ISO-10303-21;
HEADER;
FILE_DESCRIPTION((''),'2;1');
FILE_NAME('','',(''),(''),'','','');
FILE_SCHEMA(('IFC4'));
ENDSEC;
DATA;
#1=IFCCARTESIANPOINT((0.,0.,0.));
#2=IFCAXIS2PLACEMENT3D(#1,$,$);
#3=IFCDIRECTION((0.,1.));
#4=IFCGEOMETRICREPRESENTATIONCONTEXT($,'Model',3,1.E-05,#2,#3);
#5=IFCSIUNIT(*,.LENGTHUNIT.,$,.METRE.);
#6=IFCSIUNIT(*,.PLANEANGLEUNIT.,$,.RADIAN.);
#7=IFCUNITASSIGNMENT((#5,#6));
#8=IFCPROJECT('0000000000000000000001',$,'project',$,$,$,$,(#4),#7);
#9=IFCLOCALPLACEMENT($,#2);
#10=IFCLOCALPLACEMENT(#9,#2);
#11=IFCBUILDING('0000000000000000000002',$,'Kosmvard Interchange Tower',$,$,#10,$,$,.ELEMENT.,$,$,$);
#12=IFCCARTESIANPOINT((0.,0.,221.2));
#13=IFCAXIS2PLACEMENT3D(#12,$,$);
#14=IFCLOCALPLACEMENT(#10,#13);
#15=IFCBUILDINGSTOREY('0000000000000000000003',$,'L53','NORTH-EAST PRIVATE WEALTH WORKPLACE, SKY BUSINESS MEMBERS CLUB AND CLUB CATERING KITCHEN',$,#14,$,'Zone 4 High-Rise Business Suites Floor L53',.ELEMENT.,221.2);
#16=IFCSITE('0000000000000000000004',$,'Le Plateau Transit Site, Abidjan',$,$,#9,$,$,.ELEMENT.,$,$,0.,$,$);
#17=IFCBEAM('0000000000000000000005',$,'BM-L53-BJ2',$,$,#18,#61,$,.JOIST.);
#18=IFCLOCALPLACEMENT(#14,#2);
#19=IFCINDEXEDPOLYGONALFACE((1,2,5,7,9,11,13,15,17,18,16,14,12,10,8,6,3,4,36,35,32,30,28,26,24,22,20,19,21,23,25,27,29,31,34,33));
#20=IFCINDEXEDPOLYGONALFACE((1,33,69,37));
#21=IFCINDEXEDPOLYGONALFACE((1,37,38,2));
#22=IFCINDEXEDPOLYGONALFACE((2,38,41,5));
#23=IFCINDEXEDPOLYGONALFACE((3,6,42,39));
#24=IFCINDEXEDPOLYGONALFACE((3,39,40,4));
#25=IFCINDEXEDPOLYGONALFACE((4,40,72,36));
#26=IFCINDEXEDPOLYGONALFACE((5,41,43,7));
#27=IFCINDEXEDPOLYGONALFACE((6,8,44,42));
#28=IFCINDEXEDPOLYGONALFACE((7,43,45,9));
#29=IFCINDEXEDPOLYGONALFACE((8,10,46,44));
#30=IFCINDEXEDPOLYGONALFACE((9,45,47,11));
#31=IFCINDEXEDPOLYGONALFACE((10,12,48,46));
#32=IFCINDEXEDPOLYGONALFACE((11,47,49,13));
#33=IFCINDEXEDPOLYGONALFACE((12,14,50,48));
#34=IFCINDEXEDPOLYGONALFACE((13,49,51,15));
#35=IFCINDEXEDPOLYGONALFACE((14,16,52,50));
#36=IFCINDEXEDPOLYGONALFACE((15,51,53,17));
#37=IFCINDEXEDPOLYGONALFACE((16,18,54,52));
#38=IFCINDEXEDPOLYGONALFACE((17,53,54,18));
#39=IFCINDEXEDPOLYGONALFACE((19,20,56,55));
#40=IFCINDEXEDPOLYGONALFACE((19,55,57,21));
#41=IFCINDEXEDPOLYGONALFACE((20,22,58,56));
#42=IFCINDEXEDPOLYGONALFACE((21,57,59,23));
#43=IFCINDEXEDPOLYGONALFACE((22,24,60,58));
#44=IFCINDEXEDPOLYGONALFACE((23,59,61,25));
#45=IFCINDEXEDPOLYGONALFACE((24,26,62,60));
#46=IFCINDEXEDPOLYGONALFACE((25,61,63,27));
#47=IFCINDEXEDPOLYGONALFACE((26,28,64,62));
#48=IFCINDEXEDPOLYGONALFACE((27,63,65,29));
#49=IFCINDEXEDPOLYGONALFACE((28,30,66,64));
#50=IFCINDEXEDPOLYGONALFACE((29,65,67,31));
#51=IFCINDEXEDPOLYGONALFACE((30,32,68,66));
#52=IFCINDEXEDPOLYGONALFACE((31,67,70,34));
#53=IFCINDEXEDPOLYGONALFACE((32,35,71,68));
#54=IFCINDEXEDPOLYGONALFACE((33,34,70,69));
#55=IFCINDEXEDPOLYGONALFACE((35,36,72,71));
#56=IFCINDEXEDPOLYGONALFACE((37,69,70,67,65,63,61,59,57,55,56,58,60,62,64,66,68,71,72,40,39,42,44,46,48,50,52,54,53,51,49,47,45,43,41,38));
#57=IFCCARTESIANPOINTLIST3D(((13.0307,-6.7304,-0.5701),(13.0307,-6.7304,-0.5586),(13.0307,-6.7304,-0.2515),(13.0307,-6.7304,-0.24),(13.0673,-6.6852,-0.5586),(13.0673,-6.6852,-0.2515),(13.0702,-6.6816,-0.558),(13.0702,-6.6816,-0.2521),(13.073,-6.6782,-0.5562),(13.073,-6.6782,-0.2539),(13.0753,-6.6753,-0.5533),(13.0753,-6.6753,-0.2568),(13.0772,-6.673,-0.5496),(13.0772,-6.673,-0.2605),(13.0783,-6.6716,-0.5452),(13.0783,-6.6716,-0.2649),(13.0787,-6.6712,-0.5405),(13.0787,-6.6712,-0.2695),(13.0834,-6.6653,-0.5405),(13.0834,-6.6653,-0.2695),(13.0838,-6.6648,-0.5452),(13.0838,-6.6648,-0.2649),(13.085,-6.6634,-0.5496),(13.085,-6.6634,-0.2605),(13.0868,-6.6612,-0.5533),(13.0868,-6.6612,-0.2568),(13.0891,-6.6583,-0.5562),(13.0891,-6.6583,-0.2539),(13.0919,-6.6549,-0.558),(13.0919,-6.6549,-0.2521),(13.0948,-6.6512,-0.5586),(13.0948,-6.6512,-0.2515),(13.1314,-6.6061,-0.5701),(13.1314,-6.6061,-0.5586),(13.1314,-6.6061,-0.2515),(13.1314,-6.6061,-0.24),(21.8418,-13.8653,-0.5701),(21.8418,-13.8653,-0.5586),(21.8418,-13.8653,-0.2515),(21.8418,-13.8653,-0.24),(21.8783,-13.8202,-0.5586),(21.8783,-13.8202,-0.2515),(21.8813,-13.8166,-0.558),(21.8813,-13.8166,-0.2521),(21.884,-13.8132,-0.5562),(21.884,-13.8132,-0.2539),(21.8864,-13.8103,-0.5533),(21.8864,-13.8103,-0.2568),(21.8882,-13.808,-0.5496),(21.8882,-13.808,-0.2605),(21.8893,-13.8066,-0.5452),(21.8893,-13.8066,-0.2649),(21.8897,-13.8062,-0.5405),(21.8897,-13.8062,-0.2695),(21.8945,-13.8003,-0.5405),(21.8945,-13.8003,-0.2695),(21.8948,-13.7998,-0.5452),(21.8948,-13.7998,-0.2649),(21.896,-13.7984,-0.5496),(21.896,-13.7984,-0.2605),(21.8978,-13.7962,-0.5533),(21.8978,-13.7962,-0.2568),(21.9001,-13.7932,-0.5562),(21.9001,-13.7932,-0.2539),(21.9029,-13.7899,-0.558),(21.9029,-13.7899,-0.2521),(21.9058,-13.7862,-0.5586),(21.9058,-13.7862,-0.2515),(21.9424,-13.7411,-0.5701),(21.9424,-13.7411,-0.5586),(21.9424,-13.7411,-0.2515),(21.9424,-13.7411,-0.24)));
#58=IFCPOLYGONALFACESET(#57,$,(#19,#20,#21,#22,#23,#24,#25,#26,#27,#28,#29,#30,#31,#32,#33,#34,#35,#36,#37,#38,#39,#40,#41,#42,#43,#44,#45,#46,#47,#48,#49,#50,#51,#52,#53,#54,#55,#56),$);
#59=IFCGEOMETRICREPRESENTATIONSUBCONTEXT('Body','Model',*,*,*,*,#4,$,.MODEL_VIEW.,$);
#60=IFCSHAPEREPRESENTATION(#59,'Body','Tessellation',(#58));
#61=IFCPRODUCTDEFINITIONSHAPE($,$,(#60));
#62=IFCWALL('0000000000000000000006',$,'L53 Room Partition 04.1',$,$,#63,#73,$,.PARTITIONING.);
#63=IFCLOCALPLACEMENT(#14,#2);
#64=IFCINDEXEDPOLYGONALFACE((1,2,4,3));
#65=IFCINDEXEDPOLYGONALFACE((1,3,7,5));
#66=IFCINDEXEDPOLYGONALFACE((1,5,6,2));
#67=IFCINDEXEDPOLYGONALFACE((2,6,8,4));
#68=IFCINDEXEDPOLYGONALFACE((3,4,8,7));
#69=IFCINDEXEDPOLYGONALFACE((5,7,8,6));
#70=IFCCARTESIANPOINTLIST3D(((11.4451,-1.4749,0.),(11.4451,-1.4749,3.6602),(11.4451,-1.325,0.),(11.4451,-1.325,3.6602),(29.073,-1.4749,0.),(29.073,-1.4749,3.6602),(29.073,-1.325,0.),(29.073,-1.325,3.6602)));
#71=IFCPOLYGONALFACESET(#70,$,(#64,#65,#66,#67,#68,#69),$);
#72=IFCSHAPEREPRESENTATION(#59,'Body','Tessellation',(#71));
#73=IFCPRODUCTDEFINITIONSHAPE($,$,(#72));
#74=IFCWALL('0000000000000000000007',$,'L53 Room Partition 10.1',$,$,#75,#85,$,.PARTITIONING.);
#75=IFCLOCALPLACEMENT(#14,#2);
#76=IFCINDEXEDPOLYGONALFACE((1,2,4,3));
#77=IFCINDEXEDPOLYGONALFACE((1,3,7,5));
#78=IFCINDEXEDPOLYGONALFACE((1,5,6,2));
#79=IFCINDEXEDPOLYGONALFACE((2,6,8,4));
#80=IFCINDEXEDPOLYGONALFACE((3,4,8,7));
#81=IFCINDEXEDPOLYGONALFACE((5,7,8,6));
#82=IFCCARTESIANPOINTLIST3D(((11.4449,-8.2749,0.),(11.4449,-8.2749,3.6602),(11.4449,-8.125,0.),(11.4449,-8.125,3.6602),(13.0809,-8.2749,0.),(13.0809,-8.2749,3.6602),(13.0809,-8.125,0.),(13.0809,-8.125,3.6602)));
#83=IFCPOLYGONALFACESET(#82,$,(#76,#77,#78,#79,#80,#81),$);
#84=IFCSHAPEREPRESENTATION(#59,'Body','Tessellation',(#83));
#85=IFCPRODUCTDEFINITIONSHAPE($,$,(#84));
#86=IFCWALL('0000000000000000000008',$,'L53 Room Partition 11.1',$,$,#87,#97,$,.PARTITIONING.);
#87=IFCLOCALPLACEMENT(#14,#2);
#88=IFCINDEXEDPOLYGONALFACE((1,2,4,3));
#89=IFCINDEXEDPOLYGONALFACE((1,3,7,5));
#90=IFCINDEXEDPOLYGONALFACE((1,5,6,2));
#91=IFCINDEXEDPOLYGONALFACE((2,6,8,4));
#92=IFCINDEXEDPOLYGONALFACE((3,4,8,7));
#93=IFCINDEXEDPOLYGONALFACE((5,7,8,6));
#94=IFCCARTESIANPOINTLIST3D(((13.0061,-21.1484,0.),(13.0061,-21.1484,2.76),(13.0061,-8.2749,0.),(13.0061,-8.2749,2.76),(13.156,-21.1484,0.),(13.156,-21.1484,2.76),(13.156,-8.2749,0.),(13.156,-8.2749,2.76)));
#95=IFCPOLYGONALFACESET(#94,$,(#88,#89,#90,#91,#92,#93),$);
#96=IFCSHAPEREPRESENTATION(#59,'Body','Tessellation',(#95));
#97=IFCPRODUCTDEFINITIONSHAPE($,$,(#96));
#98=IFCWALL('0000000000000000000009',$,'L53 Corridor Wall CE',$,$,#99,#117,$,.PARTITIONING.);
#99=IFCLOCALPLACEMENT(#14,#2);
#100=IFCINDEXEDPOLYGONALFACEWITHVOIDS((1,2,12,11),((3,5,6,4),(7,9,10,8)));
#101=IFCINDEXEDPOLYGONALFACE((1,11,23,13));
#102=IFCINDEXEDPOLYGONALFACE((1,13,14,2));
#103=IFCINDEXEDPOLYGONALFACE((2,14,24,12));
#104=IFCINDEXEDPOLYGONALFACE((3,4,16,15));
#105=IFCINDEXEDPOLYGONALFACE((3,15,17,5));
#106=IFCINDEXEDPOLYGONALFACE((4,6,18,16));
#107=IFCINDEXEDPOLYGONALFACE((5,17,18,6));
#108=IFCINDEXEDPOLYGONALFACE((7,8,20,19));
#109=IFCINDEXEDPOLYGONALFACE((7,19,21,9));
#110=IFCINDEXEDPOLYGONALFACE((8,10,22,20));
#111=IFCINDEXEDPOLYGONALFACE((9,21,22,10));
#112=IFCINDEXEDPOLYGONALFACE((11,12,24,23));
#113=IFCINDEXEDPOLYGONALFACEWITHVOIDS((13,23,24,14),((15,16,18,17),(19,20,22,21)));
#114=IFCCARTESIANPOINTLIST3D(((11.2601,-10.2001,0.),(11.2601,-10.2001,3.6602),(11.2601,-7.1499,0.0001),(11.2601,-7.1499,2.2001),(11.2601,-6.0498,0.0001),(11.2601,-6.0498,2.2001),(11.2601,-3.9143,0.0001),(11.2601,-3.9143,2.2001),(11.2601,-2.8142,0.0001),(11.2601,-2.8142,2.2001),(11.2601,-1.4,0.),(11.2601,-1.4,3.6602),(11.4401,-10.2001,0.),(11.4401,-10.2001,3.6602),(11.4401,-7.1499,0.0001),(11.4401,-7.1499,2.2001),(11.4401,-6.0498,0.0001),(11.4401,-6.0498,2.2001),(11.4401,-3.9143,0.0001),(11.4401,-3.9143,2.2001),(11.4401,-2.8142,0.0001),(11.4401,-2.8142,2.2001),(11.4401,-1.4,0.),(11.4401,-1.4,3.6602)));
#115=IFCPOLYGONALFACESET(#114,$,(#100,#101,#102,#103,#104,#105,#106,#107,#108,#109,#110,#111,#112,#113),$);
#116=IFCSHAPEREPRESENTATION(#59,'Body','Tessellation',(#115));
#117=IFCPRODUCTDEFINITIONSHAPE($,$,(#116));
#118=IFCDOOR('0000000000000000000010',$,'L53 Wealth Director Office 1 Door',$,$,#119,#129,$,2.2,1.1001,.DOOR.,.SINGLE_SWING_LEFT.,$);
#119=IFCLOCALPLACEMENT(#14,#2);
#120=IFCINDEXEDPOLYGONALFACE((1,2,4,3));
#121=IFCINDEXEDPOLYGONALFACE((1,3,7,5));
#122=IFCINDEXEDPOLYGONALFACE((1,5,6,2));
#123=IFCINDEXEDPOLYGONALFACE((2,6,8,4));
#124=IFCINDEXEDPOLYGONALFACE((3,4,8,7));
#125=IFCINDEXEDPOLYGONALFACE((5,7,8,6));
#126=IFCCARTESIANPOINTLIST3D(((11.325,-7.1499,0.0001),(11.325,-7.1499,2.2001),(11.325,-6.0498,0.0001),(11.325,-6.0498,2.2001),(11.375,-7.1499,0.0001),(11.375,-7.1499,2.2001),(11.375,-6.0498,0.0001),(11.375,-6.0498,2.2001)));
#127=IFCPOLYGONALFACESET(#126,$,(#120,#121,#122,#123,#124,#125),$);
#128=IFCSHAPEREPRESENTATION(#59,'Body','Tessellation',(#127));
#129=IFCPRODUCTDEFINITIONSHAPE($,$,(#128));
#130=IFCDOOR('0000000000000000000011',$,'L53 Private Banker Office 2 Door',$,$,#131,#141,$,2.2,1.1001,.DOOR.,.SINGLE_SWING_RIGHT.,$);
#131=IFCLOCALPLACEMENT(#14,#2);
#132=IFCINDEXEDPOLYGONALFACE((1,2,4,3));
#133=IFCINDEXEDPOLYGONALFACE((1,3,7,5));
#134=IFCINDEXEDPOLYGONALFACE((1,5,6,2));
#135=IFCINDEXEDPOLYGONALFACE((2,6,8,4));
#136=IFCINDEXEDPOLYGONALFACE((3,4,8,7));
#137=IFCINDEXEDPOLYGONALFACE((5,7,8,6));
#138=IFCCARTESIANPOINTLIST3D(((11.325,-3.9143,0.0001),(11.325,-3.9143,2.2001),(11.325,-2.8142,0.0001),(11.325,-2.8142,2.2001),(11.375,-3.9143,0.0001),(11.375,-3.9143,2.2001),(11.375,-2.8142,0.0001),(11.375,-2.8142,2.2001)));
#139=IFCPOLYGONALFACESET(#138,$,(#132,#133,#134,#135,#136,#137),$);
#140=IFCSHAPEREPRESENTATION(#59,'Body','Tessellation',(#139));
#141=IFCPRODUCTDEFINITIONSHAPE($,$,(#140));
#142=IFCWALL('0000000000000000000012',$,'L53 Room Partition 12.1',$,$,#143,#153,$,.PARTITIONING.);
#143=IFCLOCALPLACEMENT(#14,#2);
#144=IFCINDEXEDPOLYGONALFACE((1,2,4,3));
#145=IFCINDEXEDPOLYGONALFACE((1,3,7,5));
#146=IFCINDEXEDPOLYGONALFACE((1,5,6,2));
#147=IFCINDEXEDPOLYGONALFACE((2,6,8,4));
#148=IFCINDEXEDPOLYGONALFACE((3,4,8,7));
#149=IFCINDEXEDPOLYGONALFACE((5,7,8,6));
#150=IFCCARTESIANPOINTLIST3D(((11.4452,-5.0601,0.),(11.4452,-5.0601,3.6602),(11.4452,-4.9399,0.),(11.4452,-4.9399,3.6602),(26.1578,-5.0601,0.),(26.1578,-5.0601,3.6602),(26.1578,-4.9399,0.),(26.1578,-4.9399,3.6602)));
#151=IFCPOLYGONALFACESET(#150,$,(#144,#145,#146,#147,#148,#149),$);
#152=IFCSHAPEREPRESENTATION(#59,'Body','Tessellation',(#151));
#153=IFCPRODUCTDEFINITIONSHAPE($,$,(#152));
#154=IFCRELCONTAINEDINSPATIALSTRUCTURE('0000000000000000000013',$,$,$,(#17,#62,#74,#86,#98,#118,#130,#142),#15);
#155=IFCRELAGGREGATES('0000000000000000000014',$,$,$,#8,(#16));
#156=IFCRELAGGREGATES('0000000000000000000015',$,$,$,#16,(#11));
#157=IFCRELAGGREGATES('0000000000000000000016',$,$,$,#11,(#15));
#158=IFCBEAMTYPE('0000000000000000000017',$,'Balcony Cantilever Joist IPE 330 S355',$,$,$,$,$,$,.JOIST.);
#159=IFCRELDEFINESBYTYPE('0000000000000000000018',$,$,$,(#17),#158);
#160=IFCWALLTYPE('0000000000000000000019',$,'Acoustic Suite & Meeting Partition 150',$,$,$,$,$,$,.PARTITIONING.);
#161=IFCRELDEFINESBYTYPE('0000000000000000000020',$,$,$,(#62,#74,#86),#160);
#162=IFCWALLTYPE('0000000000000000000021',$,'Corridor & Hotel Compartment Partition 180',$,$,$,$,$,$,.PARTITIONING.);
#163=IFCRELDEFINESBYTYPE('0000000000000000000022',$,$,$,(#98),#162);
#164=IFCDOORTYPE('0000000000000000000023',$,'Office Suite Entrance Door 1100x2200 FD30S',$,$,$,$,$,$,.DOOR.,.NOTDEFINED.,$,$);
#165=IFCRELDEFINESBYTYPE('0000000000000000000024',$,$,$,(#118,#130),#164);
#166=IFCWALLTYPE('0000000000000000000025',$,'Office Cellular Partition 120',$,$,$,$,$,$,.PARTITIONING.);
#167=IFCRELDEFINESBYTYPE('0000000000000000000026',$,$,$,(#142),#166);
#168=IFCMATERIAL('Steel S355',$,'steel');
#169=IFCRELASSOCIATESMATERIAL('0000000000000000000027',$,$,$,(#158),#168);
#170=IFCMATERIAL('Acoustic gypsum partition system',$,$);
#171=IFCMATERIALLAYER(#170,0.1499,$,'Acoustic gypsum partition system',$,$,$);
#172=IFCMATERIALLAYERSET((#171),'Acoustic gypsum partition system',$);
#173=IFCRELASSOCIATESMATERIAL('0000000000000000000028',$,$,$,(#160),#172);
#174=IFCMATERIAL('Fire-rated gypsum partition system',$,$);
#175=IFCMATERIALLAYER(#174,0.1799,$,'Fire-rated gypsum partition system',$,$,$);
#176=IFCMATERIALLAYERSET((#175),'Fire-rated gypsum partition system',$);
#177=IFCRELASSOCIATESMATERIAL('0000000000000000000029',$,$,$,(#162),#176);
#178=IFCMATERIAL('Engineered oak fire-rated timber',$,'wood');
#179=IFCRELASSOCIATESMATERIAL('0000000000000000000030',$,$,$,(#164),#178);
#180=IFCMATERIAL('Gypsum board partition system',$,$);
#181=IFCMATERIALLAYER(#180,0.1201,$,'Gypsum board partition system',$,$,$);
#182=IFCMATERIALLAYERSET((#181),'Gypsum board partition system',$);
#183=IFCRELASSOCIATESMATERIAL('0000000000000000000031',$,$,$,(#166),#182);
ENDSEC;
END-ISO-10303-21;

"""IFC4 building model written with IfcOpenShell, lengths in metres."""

from ifc_helpers import new_model, si_unit, direction, frame, frame_2d, origin, origin_2d, place, context, subcontext, project, spatial, rectangle, i_section, extrude, source, transform, mapped, material, layer, layer_set, material_profile, profile_set, type_object, element, fill, save


model = new_model("IFC4")

# Units and contexts
model_context = context("Model", 3, precision=1e-05, world=origin(), true_north=direction((0.0, 1.0)))
body_context = subcontext(model_context, "Body", "Model", "MODEL_VIEW")
ifc_project = project(units=[si_unit("LENGTHUNIT", "METRE"), si_unit("PLANEANGLEUNIT", "RADIAN")], contexts=[model_context])

# Site, building, storey
site_placement = place(None, origin())
site = spatial("IfcSite", under=ifc_project, at=site_placement, Name="Le Plateau Transit Site, Abidjan", CompositionType="ELEMENT", RefElevation=0.0)
building_placement = place(site_placement, origin())
building = spatial("IfcBuilding", under=site, at=building_placement, Name="Kosmvard Interchange Tower", CompositionType="ELEMENT")
storey_placement = place(building_placement, frame((0.0, 0.0, 221.2)))
storey = spatial("IfcBuildingStorey", under=building, at=storey_placement, Name="L53", Description="NORTH-EAST PRIVATE WEALTH WORKPLACE, SKY BUSINESS MEMBERS CLUB AND CLUB CATERING KITCHEN", LongName="Zone 4 High-Rise Business Suites Floor L53", CompositionType="ELEMENT", Elevation=221.2)

# Beam
ifc_material_1 = material(Name="Steel S355", Category="steel")
ifc_material_profile_1 = material_profile(ifc_material_1, i_section(OverallWidth=0.1599, OverallDepth=0.3301, WebThickness=0.0076, FlangeThickness=0.0115, FilletRadius=0.0181, at=origin_2d()), Name="IPE 330")
ifc_profile_set_1 = profile_set([ifc_material_profile_1], Name="Steel S355")
beam_type_1 = type_object("IfcBeamType", Name="Balcony Cantilever Joist IPE 330 S355", PredefinedType="JOIST", material=ifc_profile_set_1)
shared_shape_1 = source(origin(), body_context, "Body", "SweptSolid", [
    extrude(i_section(OverallWidth=0.1599, OverallDepth=0.3301, WebThickness=0.0076, FlangeThickness=0.0115, FilletRadius=0.0181, at=origin_2d()), origin(), (0.0, 0.0, 1.0), 11.3376),
])
beam_1_placement = place(storey_placement, frame((13.0811, -6.6682, -0.405), z_axis=(0.777147, -0.629319, 0.0), x_axis=(0.629319, 0.777147, 0.0)))
element("IfcBeam", 1, at=beam_1_placement, inside=storey, type_object=beam_type_1, Name="BM-L53-BJ2", PredefinedType="JOIST", context=body_context, shape_type="MappedRepresentation", body=[
    mapped(shared_shape_1, transform((0.0, 0.0, 0.0), scale=1.0)),
])

# Walls
ifc_material_2 = material(Name="Acoustic gypsum partition system")
ifc_layer_1 = layer(ifc_material_2, 0.1499, Name="Acoustic gypsum partition system")
ifc_layer_set_1 = layer_set([ifc_layer_1], Name="Acoustic gypsum partition system")
wall_type_1 = type_object("IfcWallType", Name="Acoustic Suite & Meeting Partition 150", PredefinedType="PARTITIONING", material=ifc_layer_set_1)
wall_1_placement = place(storey_placement, frame((11.4451, -1.3999, 0.0), z_axis=(0.0, 0.0, 1.0), x_axis=(1.0, 0.0, 0.0)))
element("IfcWall", 2, at=wall_1_placement, inside=storey, type_object=wall_type_1, Name="L53 Room Partition 04.1", PredefinedType="PARTITIONING", context=body_context, shape_type="SweptSolid", body=[
    extrude(rectangle(XDim=17.6279, YDim=0.1499, at=frame_2d((8.814, 0.0))), origin(), (0.0, 0.0, 1.0), 3.6602),
])
wall_2_placement = place(storey_placement, frame((11.4451, -8.2, 0.0), z_axis=(0.0, 0.0, 1.0), x_axis=(1.0, 0.0, 0.0)))
element("IfcWall", 3, at=wall_2_placement, inside=storey, type_object=wall_type_1, Name="L53 Room Partition 10.1", PredefinedType="PARTITIONING", context=body_context, shape_type="SweptSolid", body=[
    extrude(rectangle(XDim=1.636, YDim=0.1499, at=frame_2d((0.8179, 0.0))), origin(), (0.0, 0.0, 1.0), 3.6602),
])
wall_3_placement = place(storey_placement, frame((13.0811, -8.2749, 0.0), z_axis=(0.0, 0.0, 1.0), x_axis=(0.0, -1.0, 0.0)))
element("IfcWall", 4, at=wall_3_placement, inside=storey, type_object=wall_type_1, Name="L53 Room Partition 11.1", PredefinedType="PARTITIONING", context=body_context, shape_type="SweptSolid", body=[
    extrude(rectangle(XDim=12.8735, YDim=0.1499, at=frame_2d((6.4368, 0.0))), origin(), (0.0, 0.0, 1.0), 2.76),
])

# Wall, openings, doors
ifc_material_3 = material(Name="Fire-rated gypsum partition system")
ifc_layer_2 = layer(ifc_material_3, 0.1799, Name="Fire-rated gypsum partition system")
ifc_layer_set_2 = layer_set([ifc_layer_2], Name="Fire-rated gypsum partition system")
wall_type_2 = type_object("IfcWallType", Name="Corridor & Hotel Compartment Partition 180", PredefinedType="PARTITIONING", material=ifc_layer_set_2)
wall_4_placement = place(storey_placement, frame((11.3501, -10.2, 0.0), z_axis=(0.0, 0.0, 1.0), x_axis=(0.0, 1.0, 0.0)))
wall_4 = element("IfcWall", 5, at=wall_4_placement, inside=storey, type_object=wall_type_2, Name="L53 Corridor Wall CE", PredefinedType="PARTITIONING", context=body_context, shape_type="SweptSolid", body=[
    extrude(rectangle(XDim=8.8, YDim=0.1799, at=frame_2d((4.3999, 0.0))), origin(), (0.0, 0.0, 1.0), 3.6602),
])
opening_1_placement = place(wall_4_placement, frame((3.05, 0.0, 0.0)))
opening_1 = element("IfcOpeningElement", 6, at=opening_1_placement, cuts=wall_4, PredefinedType="OPENING", context=body_context, shape_type="SweptSolid", body=[
    extrude(rectangle(XDim=1.1001, YDim=2.2, at=frame_2d((0.55, 1.1001))), frame((0.0, 0.1001, 0.0), z_axis=(0.0, -1.0, 0.0), x_axis=(1.0, 0.0, 0.0)), (0.0, 0.0, 1.0), 0.2),
])
opening_2_placement = place(wall_4_placement, frame((6.2856, 0.0, 0.0)))
opening_2 = element("IfcOpeningElement", 7, at=opening_2_placement, cuts=wall_4, PredefinedType="OPENING", context=body_context, shape_type="SweptSolid", body=[
    extrude(rectangle(XDim=1.1001, YDim=2.2, at=frame_2d((0.55, 1.1001))), frame((0.0, 0.1001, 0.0), z_axis=(0.0, -1.0, 0.0), x_axis=(1.0, 0.0, 0.0)), (0.0, 0.0, 1.0), 0.2),
])
ifc_material_4 = material(Name="Engineered oak fire-rated timber", Category="wood")
door_type = type_object("IfcDoorType", Name="Office Suite Entrance Door 1100x2200 FD30S", OperationType="NOTDEFINED", PredefinedType="DOOR", material=ifc_material_4)
shared_shape_2 = source(origin(), body_context, "Body", "SweptSolid", [
    extrude(rectangle(XDim=1.1001, YDim=2.2, at=frame_2d((0.55, 1.1001))), frame((0.0, 0.0249, 0.0), z_axis=(0.0, -1.0, 0.0), x_axis=(1.0, 0.0, 0.0)), (0.0, 0.0, 1.0), 0.05),
])
door_1_placement = place(opening_1_placement, frame((1.1001, 0.0, 0.0), z_axis=(0.0, 0.0, 1.0), x_axis=(-1.0, 0.0, 0.0)))
door_1 = element("IfcDoor", 8, at=door_1_placement, inside=storey, type_object=door_type, Name="L53 Wealth Director Office 1 Door", OperationType="SINGLE_SWING_LEFT", OverallHeight=2.2, OverallWidth=1.1001, PredefinedType="DOOR", context=body_context, shape_type="MappedRepresentation", body=[
    mapped(shared_shape_2, transform((0.0, 0.0, 0.0), scale=1.0)),
])
fill(opening_1, door_1)
door_2_placement = place(opening_2_placement, frame((1.1001, 0.0, 0.0), z_axis=(0.0, 0.0, 1.0), x_axis=(-1.0, 0.0, 0.0)))
door_2 = element("IfcDoor", 9, at=door_2_placement, inside=storey, type_object=door_type, Name="L53 Private Banker Office 2 Door", OperationType="SINGLE_SWING_RIGHT", OverallHeight=2.2, OverallWidth=1.1001, PredefinedType="DOOR", context=body_context, shape_type="MappedRepresentation", body=[
    mapped(shared_shape_2, transform((0.0, 0.0, 0.0), scale=1.0)),
])
fill(opening_2, door_2)

# Wall
ifc_material_5 = material(Name="Gypsum board partition system")
ifc_layer_3 = layer(ifc_material_5, 0.1201, Name="Gypsum board partition system")
ifc_layer_set_3 = layer_set([ifc_layer_3], Name="Gypsum board partition system")
wall_type_3 = type_object("IfcWallType", Name="Office Cellular Partition 120", PredefinedType="PARTITIONING", material=ifc_layer_set_3)
wall_5_placement = place(storey_placement, frame((11.4451, -5.0, 0.0), z_axis=(0.0, 0.0, 1.0), x_axis=(1.0, 0.0, 0.0)))
element("IfcWall", 10, at=wall_5_placement, inside=storey, type_object=wall_type_3, Name="L53 Room Partition 12.1", PredefinedType="PARTITIONING", context=body_context, shape_type="SweptSolid", body=[
    extrude(rectangle(XDim=14.7126, YDim=0.1201, at=frame_2d((7.3564, 0.0))), origin(), (0.0, 0.0, 1.0), 3.6602),
])

save(model, "model.ifc")
